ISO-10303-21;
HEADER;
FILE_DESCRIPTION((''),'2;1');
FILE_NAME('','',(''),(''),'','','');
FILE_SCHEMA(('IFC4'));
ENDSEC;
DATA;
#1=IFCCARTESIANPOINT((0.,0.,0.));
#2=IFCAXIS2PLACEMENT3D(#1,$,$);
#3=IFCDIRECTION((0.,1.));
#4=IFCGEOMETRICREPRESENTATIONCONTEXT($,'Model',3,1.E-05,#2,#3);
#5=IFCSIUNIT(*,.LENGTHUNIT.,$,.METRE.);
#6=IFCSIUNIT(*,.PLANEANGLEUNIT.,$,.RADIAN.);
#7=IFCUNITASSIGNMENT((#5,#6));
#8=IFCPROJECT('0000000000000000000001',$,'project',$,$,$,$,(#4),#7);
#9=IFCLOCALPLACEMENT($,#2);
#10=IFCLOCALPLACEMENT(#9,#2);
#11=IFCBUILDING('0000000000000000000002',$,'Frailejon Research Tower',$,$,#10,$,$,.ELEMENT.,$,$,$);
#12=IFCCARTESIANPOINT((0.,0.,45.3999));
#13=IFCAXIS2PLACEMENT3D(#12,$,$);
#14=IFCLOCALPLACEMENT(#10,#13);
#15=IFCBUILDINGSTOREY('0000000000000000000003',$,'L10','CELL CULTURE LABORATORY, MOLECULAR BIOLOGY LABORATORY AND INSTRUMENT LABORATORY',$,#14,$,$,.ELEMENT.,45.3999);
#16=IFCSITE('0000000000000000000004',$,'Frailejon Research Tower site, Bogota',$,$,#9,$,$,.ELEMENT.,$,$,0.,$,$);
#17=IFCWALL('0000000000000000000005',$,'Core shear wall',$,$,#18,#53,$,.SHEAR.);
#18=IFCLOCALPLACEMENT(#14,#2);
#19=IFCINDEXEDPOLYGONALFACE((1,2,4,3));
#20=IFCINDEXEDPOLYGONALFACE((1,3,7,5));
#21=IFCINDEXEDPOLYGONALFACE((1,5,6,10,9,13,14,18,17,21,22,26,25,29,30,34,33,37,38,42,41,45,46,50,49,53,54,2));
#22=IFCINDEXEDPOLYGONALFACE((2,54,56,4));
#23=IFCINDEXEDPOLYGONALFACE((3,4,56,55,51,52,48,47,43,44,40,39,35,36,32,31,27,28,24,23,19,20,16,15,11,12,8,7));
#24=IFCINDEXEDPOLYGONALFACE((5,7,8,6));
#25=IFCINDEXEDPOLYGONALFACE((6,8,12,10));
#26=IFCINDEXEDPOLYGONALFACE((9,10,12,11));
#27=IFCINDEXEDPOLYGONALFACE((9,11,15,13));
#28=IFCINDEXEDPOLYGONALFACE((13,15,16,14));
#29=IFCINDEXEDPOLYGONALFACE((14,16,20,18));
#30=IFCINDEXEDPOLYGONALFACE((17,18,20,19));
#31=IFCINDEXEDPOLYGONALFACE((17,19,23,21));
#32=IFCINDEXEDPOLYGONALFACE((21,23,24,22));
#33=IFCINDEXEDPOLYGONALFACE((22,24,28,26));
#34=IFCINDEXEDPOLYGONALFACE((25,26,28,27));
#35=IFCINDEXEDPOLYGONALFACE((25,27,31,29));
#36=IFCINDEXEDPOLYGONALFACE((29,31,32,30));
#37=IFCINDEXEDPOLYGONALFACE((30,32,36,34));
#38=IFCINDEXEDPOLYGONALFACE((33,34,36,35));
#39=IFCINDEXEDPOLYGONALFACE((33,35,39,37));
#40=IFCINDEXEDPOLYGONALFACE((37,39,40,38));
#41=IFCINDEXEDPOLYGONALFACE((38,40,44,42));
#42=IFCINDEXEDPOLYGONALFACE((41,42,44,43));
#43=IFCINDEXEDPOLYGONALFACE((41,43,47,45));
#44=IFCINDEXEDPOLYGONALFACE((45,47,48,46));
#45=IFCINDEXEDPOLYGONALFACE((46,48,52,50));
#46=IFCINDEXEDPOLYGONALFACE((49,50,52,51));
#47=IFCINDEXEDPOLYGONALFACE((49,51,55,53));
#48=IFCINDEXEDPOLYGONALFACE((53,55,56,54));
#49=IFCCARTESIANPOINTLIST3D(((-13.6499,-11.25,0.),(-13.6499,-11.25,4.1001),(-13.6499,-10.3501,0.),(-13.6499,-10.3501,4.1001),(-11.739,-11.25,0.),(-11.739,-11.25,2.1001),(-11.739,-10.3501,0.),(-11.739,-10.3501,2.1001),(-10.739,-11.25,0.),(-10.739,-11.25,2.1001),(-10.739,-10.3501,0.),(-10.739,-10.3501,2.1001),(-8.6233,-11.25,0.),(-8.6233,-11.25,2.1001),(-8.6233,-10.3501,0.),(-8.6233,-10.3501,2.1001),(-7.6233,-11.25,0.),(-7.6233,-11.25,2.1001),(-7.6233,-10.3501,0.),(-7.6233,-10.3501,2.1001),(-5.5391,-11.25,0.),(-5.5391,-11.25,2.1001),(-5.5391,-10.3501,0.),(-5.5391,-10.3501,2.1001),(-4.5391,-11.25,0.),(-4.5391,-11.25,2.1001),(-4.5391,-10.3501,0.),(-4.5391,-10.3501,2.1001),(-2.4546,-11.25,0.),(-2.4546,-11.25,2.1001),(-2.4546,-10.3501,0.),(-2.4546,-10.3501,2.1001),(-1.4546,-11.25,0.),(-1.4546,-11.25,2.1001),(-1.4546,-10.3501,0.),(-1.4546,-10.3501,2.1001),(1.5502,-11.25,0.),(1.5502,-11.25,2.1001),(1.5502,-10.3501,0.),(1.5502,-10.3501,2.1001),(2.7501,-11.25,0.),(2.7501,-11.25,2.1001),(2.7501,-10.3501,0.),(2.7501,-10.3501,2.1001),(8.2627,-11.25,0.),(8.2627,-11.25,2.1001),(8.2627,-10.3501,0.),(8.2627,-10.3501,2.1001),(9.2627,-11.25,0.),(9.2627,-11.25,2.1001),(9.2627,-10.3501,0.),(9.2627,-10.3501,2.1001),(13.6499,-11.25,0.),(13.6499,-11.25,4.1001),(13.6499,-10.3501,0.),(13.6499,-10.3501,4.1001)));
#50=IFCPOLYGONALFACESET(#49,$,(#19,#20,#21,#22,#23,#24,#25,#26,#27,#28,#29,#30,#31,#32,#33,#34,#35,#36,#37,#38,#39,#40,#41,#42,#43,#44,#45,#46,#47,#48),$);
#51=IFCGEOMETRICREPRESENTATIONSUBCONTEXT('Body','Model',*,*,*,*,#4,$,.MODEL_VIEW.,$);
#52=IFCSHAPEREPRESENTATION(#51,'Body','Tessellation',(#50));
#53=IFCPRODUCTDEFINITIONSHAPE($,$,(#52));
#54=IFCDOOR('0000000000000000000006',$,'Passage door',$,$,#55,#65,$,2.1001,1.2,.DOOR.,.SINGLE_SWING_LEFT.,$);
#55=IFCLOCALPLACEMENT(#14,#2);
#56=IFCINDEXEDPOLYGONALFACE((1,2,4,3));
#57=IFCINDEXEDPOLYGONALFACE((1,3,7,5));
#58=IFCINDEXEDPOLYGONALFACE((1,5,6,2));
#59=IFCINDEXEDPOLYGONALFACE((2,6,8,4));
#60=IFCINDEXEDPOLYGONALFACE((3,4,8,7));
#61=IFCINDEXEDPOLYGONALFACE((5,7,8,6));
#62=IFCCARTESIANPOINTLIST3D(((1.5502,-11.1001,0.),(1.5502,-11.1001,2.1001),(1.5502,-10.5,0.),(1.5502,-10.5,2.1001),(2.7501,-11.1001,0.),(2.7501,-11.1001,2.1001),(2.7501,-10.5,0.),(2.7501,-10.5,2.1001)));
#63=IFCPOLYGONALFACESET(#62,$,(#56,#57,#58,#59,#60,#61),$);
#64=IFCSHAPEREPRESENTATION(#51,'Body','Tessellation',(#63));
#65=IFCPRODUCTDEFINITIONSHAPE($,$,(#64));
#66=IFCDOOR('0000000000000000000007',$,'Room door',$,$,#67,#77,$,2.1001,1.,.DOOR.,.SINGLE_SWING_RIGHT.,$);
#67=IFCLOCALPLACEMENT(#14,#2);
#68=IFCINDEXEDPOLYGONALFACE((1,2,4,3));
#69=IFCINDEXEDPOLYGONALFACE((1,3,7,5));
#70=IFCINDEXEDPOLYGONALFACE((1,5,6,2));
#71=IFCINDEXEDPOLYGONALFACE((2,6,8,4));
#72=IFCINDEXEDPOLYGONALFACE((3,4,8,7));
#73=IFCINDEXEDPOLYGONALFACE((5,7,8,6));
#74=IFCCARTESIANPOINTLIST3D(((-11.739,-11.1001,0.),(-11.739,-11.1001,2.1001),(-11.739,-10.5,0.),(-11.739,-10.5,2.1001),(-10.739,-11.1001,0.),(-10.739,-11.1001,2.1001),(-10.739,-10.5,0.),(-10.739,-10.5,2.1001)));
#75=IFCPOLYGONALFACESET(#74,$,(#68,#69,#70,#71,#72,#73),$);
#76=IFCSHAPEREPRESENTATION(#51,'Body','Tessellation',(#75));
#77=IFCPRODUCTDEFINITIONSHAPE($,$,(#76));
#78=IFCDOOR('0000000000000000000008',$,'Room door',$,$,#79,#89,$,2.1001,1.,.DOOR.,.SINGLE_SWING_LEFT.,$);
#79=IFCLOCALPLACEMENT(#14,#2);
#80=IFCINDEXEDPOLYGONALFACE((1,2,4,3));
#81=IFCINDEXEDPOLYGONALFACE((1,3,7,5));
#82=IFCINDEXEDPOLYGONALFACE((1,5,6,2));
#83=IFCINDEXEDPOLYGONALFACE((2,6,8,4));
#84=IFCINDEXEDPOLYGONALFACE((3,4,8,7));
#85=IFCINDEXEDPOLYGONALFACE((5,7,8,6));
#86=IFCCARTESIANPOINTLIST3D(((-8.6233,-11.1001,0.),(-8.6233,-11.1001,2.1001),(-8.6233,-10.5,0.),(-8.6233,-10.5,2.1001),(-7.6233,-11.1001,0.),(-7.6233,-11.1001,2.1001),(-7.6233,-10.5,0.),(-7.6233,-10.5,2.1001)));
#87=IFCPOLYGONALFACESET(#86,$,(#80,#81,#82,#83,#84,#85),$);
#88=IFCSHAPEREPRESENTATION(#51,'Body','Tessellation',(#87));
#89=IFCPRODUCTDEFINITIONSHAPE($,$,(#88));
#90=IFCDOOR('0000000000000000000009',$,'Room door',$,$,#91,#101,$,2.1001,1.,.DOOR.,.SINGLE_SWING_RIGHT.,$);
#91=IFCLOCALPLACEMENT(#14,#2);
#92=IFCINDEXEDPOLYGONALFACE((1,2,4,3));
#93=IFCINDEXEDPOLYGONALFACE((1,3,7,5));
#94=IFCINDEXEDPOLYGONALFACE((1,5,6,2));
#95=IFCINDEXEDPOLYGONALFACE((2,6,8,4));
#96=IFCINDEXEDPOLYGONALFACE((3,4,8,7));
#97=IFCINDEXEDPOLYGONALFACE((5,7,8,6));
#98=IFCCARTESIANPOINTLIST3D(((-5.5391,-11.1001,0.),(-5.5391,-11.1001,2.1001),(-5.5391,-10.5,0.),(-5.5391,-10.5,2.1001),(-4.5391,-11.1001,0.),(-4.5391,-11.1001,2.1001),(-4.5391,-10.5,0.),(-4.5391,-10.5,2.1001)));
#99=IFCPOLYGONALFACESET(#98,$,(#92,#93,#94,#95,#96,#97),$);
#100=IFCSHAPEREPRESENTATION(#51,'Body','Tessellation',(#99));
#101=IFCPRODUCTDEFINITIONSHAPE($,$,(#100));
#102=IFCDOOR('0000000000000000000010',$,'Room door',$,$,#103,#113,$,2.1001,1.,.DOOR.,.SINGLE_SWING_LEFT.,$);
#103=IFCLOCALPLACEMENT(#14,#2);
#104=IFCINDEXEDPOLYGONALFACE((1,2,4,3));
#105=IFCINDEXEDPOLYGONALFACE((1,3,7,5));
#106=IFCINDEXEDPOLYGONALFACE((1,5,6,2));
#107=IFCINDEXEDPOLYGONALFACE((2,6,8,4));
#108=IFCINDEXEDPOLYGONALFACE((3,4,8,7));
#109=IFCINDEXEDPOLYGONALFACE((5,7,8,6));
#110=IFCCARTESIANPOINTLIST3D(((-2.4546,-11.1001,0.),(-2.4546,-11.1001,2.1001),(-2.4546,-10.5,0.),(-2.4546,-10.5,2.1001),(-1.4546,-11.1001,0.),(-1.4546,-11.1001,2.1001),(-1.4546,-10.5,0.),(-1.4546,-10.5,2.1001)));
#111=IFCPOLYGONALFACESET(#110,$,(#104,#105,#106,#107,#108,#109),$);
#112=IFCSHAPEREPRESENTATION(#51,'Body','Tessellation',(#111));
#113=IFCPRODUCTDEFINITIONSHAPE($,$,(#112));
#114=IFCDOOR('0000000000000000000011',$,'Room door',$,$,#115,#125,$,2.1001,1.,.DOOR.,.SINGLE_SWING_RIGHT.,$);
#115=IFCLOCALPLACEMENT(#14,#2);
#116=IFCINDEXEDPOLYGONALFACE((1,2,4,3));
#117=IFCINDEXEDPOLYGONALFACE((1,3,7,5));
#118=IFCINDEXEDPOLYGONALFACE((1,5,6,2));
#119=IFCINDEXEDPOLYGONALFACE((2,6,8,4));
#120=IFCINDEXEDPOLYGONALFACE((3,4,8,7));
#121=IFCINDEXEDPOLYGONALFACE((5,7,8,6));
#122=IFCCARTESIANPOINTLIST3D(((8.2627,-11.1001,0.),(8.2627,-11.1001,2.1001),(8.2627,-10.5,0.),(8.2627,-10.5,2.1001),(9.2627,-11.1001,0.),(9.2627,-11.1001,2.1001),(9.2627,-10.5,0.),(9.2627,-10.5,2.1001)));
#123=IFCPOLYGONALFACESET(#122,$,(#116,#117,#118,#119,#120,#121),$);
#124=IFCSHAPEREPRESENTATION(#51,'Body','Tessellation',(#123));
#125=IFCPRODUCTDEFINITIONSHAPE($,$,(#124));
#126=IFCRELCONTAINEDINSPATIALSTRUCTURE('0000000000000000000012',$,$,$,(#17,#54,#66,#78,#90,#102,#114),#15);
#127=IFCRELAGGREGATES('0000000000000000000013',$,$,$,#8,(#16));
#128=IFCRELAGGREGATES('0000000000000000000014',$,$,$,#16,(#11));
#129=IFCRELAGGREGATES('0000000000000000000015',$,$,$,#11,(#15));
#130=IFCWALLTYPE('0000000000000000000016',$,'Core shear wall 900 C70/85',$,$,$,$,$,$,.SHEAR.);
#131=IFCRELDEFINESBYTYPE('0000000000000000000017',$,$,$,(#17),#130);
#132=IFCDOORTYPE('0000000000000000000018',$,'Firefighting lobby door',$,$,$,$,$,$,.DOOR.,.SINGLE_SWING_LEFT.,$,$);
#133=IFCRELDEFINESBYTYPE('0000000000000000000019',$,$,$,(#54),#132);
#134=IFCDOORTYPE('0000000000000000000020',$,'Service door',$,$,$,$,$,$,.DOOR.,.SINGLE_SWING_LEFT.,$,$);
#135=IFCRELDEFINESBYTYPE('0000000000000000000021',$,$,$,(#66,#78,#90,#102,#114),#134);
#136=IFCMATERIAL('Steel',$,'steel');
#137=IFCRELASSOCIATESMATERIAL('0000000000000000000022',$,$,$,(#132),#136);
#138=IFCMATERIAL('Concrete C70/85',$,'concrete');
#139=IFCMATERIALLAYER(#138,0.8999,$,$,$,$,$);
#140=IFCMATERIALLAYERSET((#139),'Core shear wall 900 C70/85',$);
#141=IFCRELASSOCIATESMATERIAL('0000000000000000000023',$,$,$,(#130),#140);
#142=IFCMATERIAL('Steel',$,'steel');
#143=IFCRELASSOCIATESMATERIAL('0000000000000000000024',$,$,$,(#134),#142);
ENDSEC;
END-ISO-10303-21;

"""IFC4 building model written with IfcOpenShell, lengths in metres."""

from ifc_helpers import new_model, si_unit, direction, frame, frame_2d, origin, place, context, subcontext, project, spatial, rectangle, extrude, material, layer, layer_set, type_object, element, fill, save


model = new_model("IFC4")

# Units and contexts
model_context = context("Model", 3, precision=1e-05, world=origin(), true_north=direction((0.0, 1.0)))
body_context = subcontext(model_context, "Body", "Model", "MODEL_VIEW")
ifc_project = project(units=[si_unit("LENGTHUNIT", "METRE"), si_unit("PLANEANGLEUNIT", "RADIAN")], contexts=[model_context])

# Site, building, storey
site_placement = place(None, origin())
site = spatial("IfcSite", under=ifc_project, at=site_placement, Name="Frailejon Research Tower site, Bogota", CompositionType="ELEMENT", RefElevation=0.0)
building_placement = place(site_placement, origin())
building = spatial("IfcBuilding", under=site, at=building_placement, Name="Frailejon Research Tower", CompositionType="ELEMENT")
storey_placement = place(building_placement, frame((0.0, 0.0, 45.3999)))
storey = spatial("IfcBuildingStorey", under=building, at=storey_placement, Name="L10", Description="CELL CULTURE LABORATORY, MOLECULAR BIOLOGY LABORATORY AND INSTRUMENT LABORATORY", CompositionType="ELEMENT", Elevation=45.3999)

# Shared definitions
ifc_material_1 = material(Name="Steel", Category="steel")
door_type_1 = type_object("IfcDoorType", Name="Firefighting lobby door", OperationType="SINGLE_SWING_LEFT", PredefinedType="DOOR", material=ifc_material_1)

# Wall, openings, doors
ifc_material_2 = material(Name="Concrete C70/85", Category="concrete")
ifc_layer_1 = layer(ifc_material_2, 0.8999)
ifc_layer_set_1 = layer_set([ifc_layer_1], Name="Core shear wall 900 C70/85")
wall_type_1 = type_object("IfcWallType", Name="Core shear wall 900 C70/85", PredefinedType="SHEAR", material=ifc_layer_set_1)
wall_1_placement = place(storey_placement, frame((-13.6499, -10.8, 0.0), z_axis=(0.0, 0.0, 1.0), x_axis=(1.0, 0.0, 0.0)))
wall_1 = element("IfcWall", 1, at=wall_1_placement, inside=storey, type_object=wall_type_1, Name="Core shear wall", PredefinedType="SHEAR", context=body_context, shape_type="SweptSolid", body=[
    extrude(rectangle(XDim=27.2998, YDim=0.8999, at=frame_2d((13.6499, 0.0))), origin(), (0.0, 0.0, 1.0), 4.1001),
])
opening_1_placement = place(wall_1_placement, frame((1.9109, 0.0, 0.0)))
opening_1 = element("IfcOpeningElement", 2, at=opening_1_placement, cuts=wall_1, PredefinedType="OPENING", context=body_context, shape_type="SweptSolid", body=[
    extrude(rectangle(XDim=1.0, YDim=2.1001, at=frame_2d((0.5, 1.05))), frame((0.0, 0.46, 0.0), z_axis=(0.0, -1.0, 0.0), x_axis=(1.0, 0.0, 0.0)), (0.0, 0.0, 1.0), 0.9199),
])
opening_2_placement = place(wall_1_placement, frame((5.0266, 0.0, 0.0)))
opening_2 = element("IfcOpeningElement", 3, at=opening_2_placement, cuts=wall_1, PredefinedType="OPENING", context=body_context, shape_type="SweptSolid", body=[
    extrude(rectangle(XDim=1.0, YDim=2.1001, at=frame_2d((0.5, 1.05))), frame((0.0, 0.46, 0.0), z_axis=(0.0, -1.0, 0.0), x_axis=(1.0, 0.0, 0.0)), (0.0, 0.0, 1.0), 0.9199),
])
opening_3_placement = place(wall_1_placement, frame((8.1108, 0.0, 0.0)))
opening_3 = element("IfcOpeningElement", 4, at=opening_3_placement, cuts=wall_1, PredefinedType="OPENING", context=body_context, shape_type="SweptSolid", body=[
    extrude(rectangle(XDim=1.0, YDim=2.1001, at=frame_2d((0.5, 1.05))), frame((0.0, 0.46, 0.0), z_axis=(0.0, -1.0, 0.0), x_axis=(1.0, 0.0, 0.0)), (0.0, 0.0, 1.0), 0.9199),
])
opening_4_placement = place(wall_1_placement, frame((11.1953, 0.0, 0.0)))
opening_4 = element("IfcOpeningElement", 5, at=opening_4_placement, cuts=wall_1, PredefinedType="OPENING", context=body_context, shape_type="SweptSolid", body=[
    extrude(rectangle(XDim=1.0, YDim=2.1001, at=frame_2d((0.5, 1.05))), frame((0.0, 0.46, 0.0), z_axis=(0.0, -1.0, 0.0), x_axis=(1.0, 0.0, 0.0)), (0.0, 0.0, 1.0), 0.9199),
])
opening_5_placement = place(wall_1_placement, frame((21.9126, 0.0, 0.0)))
opening_5 = element("IfcOpeningElement", 6, at=opening_5_placement, cuts=wall_1, PredefinedType="OPENING", context=body_context, shape_type="SweptSolid", body=[
    extrude(rectangle(XDim=1.0, YDim=2.1001, at=frame_2d((0.5, 1.05))), frame((0.0, 0.46, 0.0), z_axis=(0.0, -1.0, 0.0), x_axis=(1.0, 0.0, 0.0)), (0.0, 0.0, 1.0), 0.9199),
])
opening_6_placement = place(wall_1_placement, frame((15.2, 0.0, 0.0)))
opening_6 = element("IfcOpeningElement", 7, at=opening_6_placement, cuts=wall_1, PredefinedType="OPENING", context=body_context, shape_type="SweptSolid", body=[
    extrude(rectangle(XDim=1.2, YDim=2.1001, at=frame_2d((0.6001, 1.05))), frame((0.0, 0.46, 0.0), z_axis=(0.0, -1.0, 0.0), x_axis=(1.0, 0.0, 0.0)), (0.0, 0.0, 1.0), 0.9199),
])
door_1_placement = place(opening_6_placement, origin())
door_1 = element("IfcDoor", 8, at=door_1_placement, inside=storey, type_object=door_type_1, Name="Passage door", OperationType="SINGLE_SWING_LEFT", OverallHeight=2.1001, OverallWidth=1.2, PredefinedType="DOOR", context=body_context, shape_type="SweptSolid", body=[
    extrude(rectangle(XDim=1.2, YDim=2.1001, at=frame_2d((0.6001, 1.05))), frame((0.0, 0.3, 0.0), z_axis=(0.0, -1.0, 0.0), x_axis=(1.0, 0.0, 0.0)), (0.0, 0.0, 1.0), 0.6001),
])
fill(opening_6, door_1)
ifc_material_3 = material(Name="Steel", Category="steel")
door_type_2 = type_object("IfcDoorType", Name="Service door", OperationType="SINGLE_SWING_LEFT", PredefinedType="DOOR", material=ifc_material_3)
door_2_placement = place(opening_1_placement, origin())
door_2 = element("IfcDoor", 9, at=door_2_placement, inside=storey, type_object=door_type_2, Name="Room door", OperationType="SINGLE_SWING_RIGHT", OverallHeight=2.1001, OverallWidth=1.0, PredefinedType="DOOR", context=body_context, shape_type="SweptSolid", body=[
    extrude(rectangle(XDim=1.0, YDim=2.1001, at=frame_2d((0.5, 1.05))), frame((0.0, 0.3, 0.0), z_axis=(0.0, -1.0, 0.0), x_axis=(1.0, 0.0, 0.0)), (0.0, 0.0, 1.0), 0.6001),
])
fill(opening_1, door_2)
door_3_placement = place(opening_2_placement, origin())
door_3 = element("IfcDoor", 10, at=door_3_placement, inside=storey, type_object=door_type_2, Name="Room door", OperationType="SINGLE_SWING_LEFT", OverallHeight=2.1001, OverallWidth=1.0, PredefinedType="DOOR", context=body_context, shape_type="SweptSolid", body=[
    extrude(rectangle(XDim=1.0, YDim=2.1001, at=frame_2d((0.5, 1.05))), frame((0.0, 0.3, 0.0), z_axis=(0.0, -1.0, 0.0), x_axis=(1.0, 0.0, 0.0)), (0.0, 0.0, 1.0), 0.6001),
])
fill(opening_2, door_3)
door_4_placement = place(opening_3_placement, origin())
door_4 = element("IfcDoor", 11, at=door_4_placement, inside=storey, type_object=door_type_2, Name="Room door", OperationType="SINGLE_SWING_RIGHT", OverallHeight=2.1001, OverallWidth=1.0, PredefinedType="DOOR", context=body_context, shape_type="SweptSolid", body=[
    extrude(rectangle(XDim=1.0, YDim=2.1001, at=frame_2d((0.5, 1.05))), frame((0.0, 0.3, 0.0), z_axis=(0.0, -1.0, 0.0), x_axis=(1.0, 0.0, 0.0)), (0.0, 0.0, 1.0), 0.6001),
])
fill(opening_3, door_4)
door_5_placement = place(opening_4_placement, origin())
door_5 = element("IfcDoor", 12, at=door_5_placement, inside=storey, type_object=door_type_2, Name="Room door", OperationType="SINGLE_SWING_LEFT", OverallHeight=2.1001, OverallWidth=1.0, PredefinedType="DOOR", context=body_context, shape_type="SweptSolid", body=[
    extrude(rectangle(XDim=1.0, YDim=2.1001, at=frame_2d((0.5, 1.05))), frame((0.0, 0.3, 0.0), z_axis=(0.0, -1.0, 0.0), x_axis=(1.0, 0.0, 0.0)), (0.0, 0.0, 1.0), 0.6001),
])
fill(opening_4, door_5)
door_6_placement = place(opening_5_placement, origin())
door_6 = element("IfcDoor", 13, at=door_6_placement, inside=storey, type_object=door_type_2, Name="Room door", OperationType="SINGLE_SWING_RIGHT", OverallHeight=2.1001, OverallWidth=1.0, PredefinedType="DOOR", context=body_context, shape_type="SweptSolid", body=[
    extrude(rectangle(XDim=1.0, YDim=2.1001, at=frame_2d((0.5, 1.05))), frame((0.0, 0.3, 0.0), z_axis=(0.0, -1.0, 0.0), x_axis=(1.0, 0.0, 0.0)), (0.0, 0.0, 1.0), 0.6001),
])
fill(opening_5, door_6)

save(model, "model.ifc")
